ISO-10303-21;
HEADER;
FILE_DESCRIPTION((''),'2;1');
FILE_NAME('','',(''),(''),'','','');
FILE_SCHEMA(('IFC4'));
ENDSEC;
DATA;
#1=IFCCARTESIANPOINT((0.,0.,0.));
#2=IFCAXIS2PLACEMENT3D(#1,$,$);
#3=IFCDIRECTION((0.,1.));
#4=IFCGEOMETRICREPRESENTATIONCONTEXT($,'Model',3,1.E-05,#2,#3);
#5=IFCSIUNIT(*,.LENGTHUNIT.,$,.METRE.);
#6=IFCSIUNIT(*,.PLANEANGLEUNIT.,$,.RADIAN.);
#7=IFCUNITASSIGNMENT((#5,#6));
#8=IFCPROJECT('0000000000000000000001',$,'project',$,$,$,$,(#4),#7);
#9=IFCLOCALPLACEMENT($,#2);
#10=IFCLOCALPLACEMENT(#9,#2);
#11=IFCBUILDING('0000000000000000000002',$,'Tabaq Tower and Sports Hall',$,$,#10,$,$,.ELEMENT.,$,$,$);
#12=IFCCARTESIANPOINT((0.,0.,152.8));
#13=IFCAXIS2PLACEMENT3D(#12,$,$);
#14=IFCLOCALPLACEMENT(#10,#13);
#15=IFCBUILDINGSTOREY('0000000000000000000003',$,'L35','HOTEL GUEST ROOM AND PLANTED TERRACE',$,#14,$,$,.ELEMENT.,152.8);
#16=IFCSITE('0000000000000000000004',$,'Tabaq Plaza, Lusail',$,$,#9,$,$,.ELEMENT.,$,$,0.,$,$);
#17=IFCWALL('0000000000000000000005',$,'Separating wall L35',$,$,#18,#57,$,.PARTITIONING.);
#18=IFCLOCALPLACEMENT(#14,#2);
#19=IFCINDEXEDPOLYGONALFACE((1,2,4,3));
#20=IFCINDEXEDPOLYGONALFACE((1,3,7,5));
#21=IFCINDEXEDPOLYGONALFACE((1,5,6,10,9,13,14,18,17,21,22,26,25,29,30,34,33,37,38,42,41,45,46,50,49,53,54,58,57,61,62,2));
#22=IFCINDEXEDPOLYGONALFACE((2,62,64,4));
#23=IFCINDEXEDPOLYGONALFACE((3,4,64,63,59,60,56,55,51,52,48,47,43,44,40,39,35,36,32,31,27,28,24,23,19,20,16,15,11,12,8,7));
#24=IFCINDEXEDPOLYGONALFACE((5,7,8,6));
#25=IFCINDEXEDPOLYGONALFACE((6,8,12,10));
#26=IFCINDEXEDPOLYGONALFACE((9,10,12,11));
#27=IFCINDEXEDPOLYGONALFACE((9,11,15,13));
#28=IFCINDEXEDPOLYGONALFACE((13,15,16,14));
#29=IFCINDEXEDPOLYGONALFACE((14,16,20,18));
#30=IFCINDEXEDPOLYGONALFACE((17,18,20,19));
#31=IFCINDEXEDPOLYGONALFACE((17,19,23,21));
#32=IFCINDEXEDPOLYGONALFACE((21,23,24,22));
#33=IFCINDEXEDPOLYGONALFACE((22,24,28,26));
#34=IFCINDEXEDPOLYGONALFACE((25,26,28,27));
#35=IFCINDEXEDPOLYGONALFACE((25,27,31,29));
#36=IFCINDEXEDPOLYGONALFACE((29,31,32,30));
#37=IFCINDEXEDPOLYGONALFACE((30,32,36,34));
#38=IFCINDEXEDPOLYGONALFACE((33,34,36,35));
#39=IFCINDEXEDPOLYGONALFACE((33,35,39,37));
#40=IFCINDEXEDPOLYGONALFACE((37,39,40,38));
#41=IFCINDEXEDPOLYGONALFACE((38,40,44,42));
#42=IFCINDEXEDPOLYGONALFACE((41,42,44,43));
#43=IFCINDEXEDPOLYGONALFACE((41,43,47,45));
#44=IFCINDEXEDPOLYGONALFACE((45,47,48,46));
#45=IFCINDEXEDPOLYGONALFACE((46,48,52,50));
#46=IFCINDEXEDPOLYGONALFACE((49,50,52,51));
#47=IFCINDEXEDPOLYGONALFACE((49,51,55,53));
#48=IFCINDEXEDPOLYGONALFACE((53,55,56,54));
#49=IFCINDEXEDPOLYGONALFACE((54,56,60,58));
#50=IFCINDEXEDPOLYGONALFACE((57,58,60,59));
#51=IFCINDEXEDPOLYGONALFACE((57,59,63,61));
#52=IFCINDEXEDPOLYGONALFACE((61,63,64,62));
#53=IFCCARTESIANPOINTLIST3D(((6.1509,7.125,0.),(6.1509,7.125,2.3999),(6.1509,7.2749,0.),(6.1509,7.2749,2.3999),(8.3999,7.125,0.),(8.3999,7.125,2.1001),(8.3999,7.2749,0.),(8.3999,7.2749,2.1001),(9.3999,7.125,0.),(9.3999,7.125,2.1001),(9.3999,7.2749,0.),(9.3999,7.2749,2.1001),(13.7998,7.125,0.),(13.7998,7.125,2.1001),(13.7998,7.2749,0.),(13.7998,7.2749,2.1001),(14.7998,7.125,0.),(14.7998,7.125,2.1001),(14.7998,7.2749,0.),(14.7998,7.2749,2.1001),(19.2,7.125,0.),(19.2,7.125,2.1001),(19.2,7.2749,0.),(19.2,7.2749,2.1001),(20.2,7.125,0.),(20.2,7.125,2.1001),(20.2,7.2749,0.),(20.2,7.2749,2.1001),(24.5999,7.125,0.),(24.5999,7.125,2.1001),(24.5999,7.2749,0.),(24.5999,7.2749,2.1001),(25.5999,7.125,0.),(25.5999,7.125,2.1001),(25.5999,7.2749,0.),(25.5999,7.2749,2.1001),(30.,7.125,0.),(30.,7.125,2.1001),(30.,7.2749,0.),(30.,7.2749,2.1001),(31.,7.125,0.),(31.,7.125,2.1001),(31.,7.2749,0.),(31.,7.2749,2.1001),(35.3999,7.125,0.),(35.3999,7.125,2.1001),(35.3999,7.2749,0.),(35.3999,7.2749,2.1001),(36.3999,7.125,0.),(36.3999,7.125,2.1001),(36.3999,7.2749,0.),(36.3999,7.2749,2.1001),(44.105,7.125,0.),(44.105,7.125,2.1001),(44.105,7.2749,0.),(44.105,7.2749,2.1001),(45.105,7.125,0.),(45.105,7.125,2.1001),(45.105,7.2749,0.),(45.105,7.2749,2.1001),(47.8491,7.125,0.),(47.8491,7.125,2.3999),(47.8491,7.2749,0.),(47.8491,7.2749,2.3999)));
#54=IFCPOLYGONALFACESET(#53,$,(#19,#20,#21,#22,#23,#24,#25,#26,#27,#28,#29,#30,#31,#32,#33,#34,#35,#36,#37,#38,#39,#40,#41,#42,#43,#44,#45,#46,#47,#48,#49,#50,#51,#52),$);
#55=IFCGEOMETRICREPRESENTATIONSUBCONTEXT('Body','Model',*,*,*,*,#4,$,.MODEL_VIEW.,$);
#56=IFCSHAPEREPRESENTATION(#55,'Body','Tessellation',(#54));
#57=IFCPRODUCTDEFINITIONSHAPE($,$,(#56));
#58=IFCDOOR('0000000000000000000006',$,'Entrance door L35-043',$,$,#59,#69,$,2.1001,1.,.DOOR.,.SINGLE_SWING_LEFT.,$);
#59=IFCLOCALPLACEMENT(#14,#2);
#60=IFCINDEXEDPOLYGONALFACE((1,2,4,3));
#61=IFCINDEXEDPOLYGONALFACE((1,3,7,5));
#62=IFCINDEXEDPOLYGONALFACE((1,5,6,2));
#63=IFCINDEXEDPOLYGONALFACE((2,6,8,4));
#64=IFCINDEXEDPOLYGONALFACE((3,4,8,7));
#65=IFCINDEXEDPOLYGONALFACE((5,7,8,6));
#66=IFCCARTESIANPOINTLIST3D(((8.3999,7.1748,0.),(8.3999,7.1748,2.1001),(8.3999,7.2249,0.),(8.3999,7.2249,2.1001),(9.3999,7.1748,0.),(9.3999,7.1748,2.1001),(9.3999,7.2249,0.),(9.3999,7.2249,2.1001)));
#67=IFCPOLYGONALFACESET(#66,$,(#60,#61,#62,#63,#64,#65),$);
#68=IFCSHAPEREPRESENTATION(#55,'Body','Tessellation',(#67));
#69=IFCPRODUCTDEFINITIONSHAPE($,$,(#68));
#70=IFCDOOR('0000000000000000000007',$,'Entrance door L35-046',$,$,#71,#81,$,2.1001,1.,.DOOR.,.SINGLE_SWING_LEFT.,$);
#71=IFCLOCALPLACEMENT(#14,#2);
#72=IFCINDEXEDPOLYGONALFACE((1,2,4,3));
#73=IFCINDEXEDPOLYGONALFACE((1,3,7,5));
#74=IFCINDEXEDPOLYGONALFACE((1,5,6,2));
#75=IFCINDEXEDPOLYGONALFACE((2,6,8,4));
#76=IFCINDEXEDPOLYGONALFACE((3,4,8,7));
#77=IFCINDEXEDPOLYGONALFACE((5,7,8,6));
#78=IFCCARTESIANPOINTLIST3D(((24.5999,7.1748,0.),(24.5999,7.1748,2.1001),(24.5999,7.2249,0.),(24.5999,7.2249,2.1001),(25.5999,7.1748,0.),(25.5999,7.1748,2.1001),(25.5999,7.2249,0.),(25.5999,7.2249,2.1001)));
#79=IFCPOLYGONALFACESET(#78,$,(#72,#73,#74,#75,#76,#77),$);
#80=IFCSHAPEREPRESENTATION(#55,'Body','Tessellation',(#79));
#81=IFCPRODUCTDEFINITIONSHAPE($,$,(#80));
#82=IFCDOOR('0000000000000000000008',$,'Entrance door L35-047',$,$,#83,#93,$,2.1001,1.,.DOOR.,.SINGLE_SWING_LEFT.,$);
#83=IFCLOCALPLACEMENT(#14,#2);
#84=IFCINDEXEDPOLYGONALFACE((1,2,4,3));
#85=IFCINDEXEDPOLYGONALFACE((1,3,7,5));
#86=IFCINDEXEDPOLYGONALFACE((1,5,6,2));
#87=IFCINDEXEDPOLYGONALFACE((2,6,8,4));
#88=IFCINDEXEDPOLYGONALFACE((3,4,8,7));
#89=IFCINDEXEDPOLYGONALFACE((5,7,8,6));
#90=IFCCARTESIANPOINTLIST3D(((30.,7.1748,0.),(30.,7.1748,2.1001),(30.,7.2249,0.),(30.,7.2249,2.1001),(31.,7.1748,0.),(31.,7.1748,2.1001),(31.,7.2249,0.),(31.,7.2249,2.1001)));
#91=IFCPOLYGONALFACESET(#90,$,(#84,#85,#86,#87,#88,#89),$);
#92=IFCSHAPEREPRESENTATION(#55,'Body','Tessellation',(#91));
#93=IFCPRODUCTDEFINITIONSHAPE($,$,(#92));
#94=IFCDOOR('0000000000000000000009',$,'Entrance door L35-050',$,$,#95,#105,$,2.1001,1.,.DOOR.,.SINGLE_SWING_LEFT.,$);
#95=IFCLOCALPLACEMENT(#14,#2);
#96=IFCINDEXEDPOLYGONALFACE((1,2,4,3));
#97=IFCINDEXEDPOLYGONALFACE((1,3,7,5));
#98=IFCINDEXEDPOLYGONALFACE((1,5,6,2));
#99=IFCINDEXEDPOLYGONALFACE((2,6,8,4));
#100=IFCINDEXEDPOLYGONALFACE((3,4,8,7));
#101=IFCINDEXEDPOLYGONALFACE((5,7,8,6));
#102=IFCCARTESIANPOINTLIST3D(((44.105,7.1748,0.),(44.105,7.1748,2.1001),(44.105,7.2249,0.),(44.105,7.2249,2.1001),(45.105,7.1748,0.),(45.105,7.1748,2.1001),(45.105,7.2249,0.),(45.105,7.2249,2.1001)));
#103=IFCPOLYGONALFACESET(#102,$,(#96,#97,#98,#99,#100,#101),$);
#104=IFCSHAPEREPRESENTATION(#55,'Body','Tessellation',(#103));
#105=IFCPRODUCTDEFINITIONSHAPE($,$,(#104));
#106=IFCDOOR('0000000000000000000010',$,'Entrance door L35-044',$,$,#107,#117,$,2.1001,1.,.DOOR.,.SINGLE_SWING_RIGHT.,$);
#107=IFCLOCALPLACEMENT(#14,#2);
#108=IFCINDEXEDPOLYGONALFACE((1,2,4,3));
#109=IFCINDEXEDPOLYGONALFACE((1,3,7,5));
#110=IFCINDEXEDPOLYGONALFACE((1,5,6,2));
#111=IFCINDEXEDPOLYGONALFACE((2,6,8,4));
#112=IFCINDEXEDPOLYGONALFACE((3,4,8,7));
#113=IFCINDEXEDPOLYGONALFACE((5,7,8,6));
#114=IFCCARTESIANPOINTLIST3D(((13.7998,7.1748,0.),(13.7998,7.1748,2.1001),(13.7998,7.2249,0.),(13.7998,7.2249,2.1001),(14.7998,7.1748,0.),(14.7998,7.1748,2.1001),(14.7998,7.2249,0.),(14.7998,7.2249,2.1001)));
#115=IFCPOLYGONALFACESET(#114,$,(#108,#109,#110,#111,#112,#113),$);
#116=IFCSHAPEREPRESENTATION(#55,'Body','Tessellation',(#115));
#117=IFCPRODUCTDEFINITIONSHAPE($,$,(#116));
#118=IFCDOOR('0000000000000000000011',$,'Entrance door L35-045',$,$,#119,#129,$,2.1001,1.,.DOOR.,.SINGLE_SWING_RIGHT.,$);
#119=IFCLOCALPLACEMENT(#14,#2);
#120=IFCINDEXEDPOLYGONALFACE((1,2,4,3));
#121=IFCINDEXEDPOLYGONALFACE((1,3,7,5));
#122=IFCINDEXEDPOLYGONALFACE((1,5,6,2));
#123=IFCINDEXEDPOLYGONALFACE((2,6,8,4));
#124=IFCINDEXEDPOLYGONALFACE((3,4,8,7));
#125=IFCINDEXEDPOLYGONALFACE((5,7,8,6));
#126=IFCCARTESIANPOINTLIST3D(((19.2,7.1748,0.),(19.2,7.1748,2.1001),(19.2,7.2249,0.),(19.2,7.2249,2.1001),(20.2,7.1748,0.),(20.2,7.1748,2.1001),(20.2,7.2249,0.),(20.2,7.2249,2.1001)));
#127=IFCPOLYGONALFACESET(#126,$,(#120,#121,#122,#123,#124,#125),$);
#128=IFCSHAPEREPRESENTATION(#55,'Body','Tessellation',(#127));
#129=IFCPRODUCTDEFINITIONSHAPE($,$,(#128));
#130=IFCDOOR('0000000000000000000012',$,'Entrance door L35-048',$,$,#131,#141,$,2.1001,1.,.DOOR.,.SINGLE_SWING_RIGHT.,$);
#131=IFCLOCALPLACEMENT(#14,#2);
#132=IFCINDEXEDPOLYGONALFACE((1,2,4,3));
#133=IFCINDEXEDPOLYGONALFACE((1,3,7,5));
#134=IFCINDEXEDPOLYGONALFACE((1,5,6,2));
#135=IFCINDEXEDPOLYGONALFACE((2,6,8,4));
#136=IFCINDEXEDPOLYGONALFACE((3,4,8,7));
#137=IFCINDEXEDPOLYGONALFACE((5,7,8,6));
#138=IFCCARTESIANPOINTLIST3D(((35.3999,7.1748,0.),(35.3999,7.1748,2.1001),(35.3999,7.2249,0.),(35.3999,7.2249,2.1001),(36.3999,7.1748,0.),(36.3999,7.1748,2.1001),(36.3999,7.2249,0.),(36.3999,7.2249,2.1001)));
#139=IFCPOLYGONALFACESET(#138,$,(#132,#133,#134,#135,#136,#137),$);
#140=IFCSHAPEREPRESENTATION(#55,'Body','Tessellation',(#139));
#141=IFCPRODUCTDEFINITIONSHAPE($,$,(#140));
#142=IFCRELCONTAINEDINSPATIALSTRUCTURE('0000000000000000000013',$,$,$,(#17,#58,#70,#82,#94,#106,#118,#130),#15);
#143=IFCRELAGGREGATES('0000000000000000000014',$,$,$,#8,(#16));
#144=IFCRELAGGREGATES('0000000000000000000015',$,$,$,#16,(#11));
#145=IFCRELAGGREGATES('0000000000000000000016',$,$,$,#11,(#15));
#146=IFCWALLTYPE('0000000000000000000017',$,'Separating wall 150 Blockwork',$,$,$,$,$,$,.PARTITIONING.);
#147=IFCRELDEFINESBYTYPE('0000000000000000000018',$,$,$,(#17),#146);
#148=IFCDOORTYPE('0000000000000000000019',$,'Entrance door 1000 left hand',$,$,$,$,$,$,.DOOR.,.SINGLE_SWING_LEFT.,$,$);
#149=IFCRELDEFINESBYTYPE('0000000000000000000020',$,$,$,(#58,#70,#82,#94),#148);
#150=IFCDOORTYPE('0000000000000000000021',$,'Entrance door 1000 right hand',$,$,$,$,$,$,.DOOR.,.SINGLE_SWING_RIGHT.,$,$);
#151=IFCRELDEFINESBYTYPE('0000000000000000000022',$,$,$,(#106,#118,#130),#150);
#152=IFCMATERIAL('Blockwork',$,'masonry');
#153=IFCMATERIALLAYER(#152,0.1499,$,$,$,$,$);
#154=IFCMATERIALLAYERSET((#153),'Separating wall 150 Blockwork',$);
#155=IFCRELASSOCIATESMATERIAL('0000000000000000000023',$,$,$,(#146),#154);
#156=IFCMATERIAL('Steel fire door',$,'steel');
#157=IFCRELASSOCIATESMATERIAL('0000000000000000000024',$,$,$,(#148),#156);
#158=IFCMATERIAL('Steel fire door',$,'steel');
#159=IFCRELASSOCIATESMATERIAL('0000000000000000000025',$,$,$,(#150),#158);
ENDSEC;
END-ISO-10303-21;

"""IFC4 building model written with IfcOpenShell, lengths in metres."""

from ifc_helpers import new_model, si_unit, direction, frame, frame_2d, origin, place, context, subcontext, project, spatial, rectangle, extrude, material, layer, layer_set, type_object, element, fill, save


model = new_model("IFC4")

# Units and contexts
model_context = context("Model", 3, precision=1e-05, world=origin(), true_north=direction((0.0, 1.0)))
body_context = subcontext(model_context, "Body", "Model", "MODEL_VIEW")
ifc_project = project(units=[si_unit("LENGTHUNIT", "METRE"), si_unit("PLANEANGLEUNIT", "RADIAN")], contexts=[model_context])

# Site, building, storey
site_placement = place(None, origin())
site = spatial("IfcSite", under=ifc_project, at=site_placement, Name="Tabaq Plaza, Lusail", CompositionType="ELEMENT", RefElevation=0.0)
building_placement = place(site_placement, origin())
building = spatial("IfcBuilding", under=site, at=building_placement, Name="Tabaq Tower and Sports Hall", CompositionType="ELEMENT")
storey_placement = place(building_placement, frame((0.0, 0.0, 152.8)))
storey = spatial("IfcBuildingStorey", under=building, at=storey_placement, Name="L35", Description="HOTEL GUEST ROOM AND PLANTED TERRACE", CompositionType="ELEMENT", Elevation=152.8)

# Wall, openings, doors
ifc_material_1 = material(Name="Blockwork", Category="masonry")
ifc_layer_1 = layer(ifc_material_1, 0.1499)
ifc_layer_set_1 = layer_set([ifc_layer_1], Name="Separating wall 150 Blockwork")
wall_type_1 = type_object("IfcWallType", Name="Separating wall 150 Blockwork", PredefinedType="PARTITIONING", material=ifc_layer_set_1)
wall_1_placement = place(storey_placement, frame((6.1509, 7.2, 0.0), z_axis=(0.0, 0.0, 1.0), x_axis=(1.0, 0.0, 0.0)))
wall_1 = element("IfcWall", 1, at=wall_1_placement, inside=storey, type_object=wall_type_1, Name="Separating wall L35", PredefinedType="PARTITIONING", context=body_context, shape_type="SweptSolid", body=[
    extrude(rectangle(XDim=41.6982, YDim=0.1499, at=frame_2d((20.8491, 0.0))), origin(), (0.0, 0.0, 1.0), 2.3999),
])
opening_1_placement = place(wall_1_placement, frame((2.249, 0.0, 0.0)))
opening_1 = element("IfcOpeningElement", 2, at=opening_1_placement, cuts=wall_1, PredefinedType="OPENING", context=body_context, shape_type="SweptSolid", body=[
    extrude(rectangle(XDim=1.0, YDim=2.1001, at=frame_2d((0.5, 1.05))), frame((0.0, 0.075, 0.0), z_axis=(0.0, -1.0, 0.0), x_axis=(1.0, 0.0, 0.0)), (0.0, 0.0, 1.0), 0.1499),
])
opening_2_placement = place(wall_1_placement, frame((7.6489, 0.0, 0.0)))
opening_2 = element("IfcOpeningElement", 3, at=opening_2_placement, cuts=wall_1, PredefinedType="OPENING", context=body_context, shape_type="SweptSolid", body=[
    extrude(rectangle(XDim=1.0, YDim=2.1001, at=frame_2d((0.5, 1.05))), frame((0.0, 0.075, 0.0), z_axis=(0.0, -1.0, 0.0), x_axis=(1.0, 0.0, 0.0)), (0.0, 0.0, 1.0), 0.1499),
])
opening_3_placement = place(wall_1_placement, frame((13.0491, 0.0, 0.0)))
opening_3 = element("IfcOpeningElement", 4, at=opening_3_placement, cuts=wall_1, PredefinedType="OPENING", context=body_context, shape_type="SweptSolid", body=[
    extrude(rectangle(XDim=1.0, YDim=2.1001, at=frame_2d((0.5, 1.05))), frame((0.0, 0.075, 0.0), z_axis=(0.0, -1.0, 0.0), x_axis=(1.0, 0.0, 0.0)), (0.0, 0.0, 1.0), 0.1499),
])
opening_4_placement = place(wall_1_placement, frame((18.449, 0.0, 0.0)))
opening_4 = element("IfcOpeningElement", 5, at=opening_4_placement, cuts=wall_1, PredefinedType="OPENING", context=body_context, shape_type="SweptSolid", body=[
    extrude(rectangle(XDim=1.0, YDim=2.1001, at=frame_2d((0.5, 1.05))), frame((0.0, 0.075, 0.0), z_axis=(0.0, -1.0, 0.0), x_axis=(1.0, 0.0, 0.0)), (0.0, 0.0, 1.0), 0.1499),
])
opening_5_placement = place(wall_1_placement, frame((23.8491, 0.0, 0.0)))
opening_5 = element("IfcOpeningElement", 6, at=opening_5_placement, cuts=wall_1, PredefinedType="OPENING", context=body_context, shape_type="SweptSolid", body=[
    extrude(rectangle(XDim=1.0, YDim=2.1001, at=frame_2d((0.5, 1.05))), frame((0.0, 0.075, 0.0), z_axis=(0.0, -1.0, 0.0), x_axis=(1.0, 0.0, 0.0)), (0.0, 0.0, 1.0), 0.1499),
])
opening_6_placement = place(wall_1_placement, frame((29.249, 0.0, 0.0)))
opening_6 = element("IfcOpeningElement", 7, at=opening_6_placement, cuts=wall_1, PredefinedType="OPENING", context=body_context, shape_type="SweptSolid", body=[
    extrude(rectangle(XDim=1.0, YDim=2.1001, at=frame_2d((0.5, 1.05))), frame((0.0, 0.075, 0.0), z_axis=(0.0, -1.0, 0.0), x_axis=(1.0, 0.0, 0.0)), (0.0, 0.0, 1.0), 0.1499),
])
opening_7_placement = place(wall_1_placement, frame((37.9541, 0.0, 0.0)))
opening_7 = element("IfcOpeningElement", 8, at=opening_7_placement, cuts=wall_1, PredefinedType="OPENING", context=body_context, shape_type="SweptSolid", body=[
    extrude(rectangle(XDim=1.0, YDim=2.1001, at=frame_2d((0.5, 1.05))), frame((0.0, 0.075, 0.0), z_axis=(0.0, -1.0, 0.0), x_axis=(1.0, 0.0, 0.0)), (0.0, 0.0, 1.0), 0.1499),
])
ifc_material_2 = material(Name="Steel fire door", Category="steel")
door_type_1 = type_object("IfcDoorType", Name="Entrance door 1000 left hand", OperationType="SINGLE_SWING_LEFT", PredefinedType="DOOR", material=ifc_material_2)
door_1_placement = place(opening_1_placement, origin())
door_1 = element("IfcDoor", 9, at=door_1_placement, inside=storey, type_object=door_type_1, Name="Entrance door L35-043", OperationType="SINGLE_SWING_LEFT", OverallHeight=2.1001, OverallWidth=1.0, PredefinedType="DOOR", context=body_context, shape_type="SweptSolid", body=[
    extrude(rectangle(XDim=1.0, YDim=2.1001, at=frame_2d((0.5, 1.05))), frame((0.0, 0.0249, 0.0), z_axis=(0.0, -1.0, 0.0), x_axis=(1.0, 0.0, 0.0)), (0.0, 0.0, 1.0), 0.05),
])
fill(opening_1, door_1)
door_2_placement = place(opening_4_placement, origin())
door_2 = element("IfcDoor", 10, at=door_2_placement, inside=storey, type_object=door_type_1, Name="Entrance door L35-046", OperationType="SINGLE_SWING_LEFT", OverallHeight=2.1001, OverallWidth=1.0, PredefinedType="DOOR", context=body_context, shape_type="SweptSolid", body=[
    extrude(rectangle(XDim=1.0, YDim=2.1001, at=frame_2d((0.5, 1.05))), frame((0.0, 0.0249, 0.0), z_axis=(0.0, -1.0, 0.0), x_axis=(1.0, 0.0, 0.0)), (0.0, 0.0, 1.0), 0.05),
])
fill(opening_4, door_2)
door_3_placement = place(opening_5_placement, origin())
door_3 = element("IfcDoor", 11, at=door_3_placement, inside=storey, type_object=door_type_1, Name="Entrance door L35-047", OperationType="SINGLE_SWING_LEFT", OverallHeight=2.1001, OverallWidth=1.0, PredefinedType="DOOR", context=body_context, shape_type="SweptSolid", body=[
    extrude(rectangle(XDim=1.0, YDim=2.1001, at=frame_2d((0.5, 1.05))), frame((0.0, 0.0249, 0.0), z_axis=(0.0, -1.0, 0.0), x_axis=(1.0, 0.0, 0.0)), (0.0, 0.0, 1.0), 0.05),
])
fill(opening_5, door_3)
door_4_placement = place(opening_7_placement, origin())
door_4 = element("IfcDoor", 12, at=door_4_placement, inside=storey, type_object=door_type_1, Name="Entrance door L35-050", OperationType="SINGLE_SWING_LEFT", OverallHeight=2.1001, OverallWidth=1.0, PredefinedType="DOOR", context=body_context, shape_type="SweptSolid", body=[
    extrude(rectangle(XDim=1.0, YDim=2.1001, at=frame_2d((0.5, 1.05))), frame((0.0, 0.0249, 0.0), z_axis=(0.0, -1.0, 0.0), x_axis=(1.0, 0.0, 0.0)), (0.0, 0.0, 1.0), 0.05),
])
fill(opening_7, door_4)
ifc_material_3 = material(Name="Steel fire door", Category="steel")
door_type_2 = type_object("IfcDoorType", Name="Entrance door 1000 right hand", OperationType="SINGLE_SWING_RIGHT", PredefinedType="DOOR", material=ifc_material_3)
door_5_placement = place(opening_2_placement, origin())
door_5 = element("IfcDoor", 13, at=door_5_placement, inside=storey, type_object=door_type_2, Name="Entrance door L35-044", OperationType="SINGLE_SWING_RIGHT", OverallHeight=2.1001, OverallWidth=1.0, PredefinedType="DOOR", context=body_context, shape_type="SweptSolid", body=[
    extrude(rectangle(XDim=1.0, YDim=2.1001, at=frame_2d((0.5, 1.05))), frame((0.0, 0.0249, 0.0), z_axis=(0.0, -1.0, 0.0), x_axis=(1.0, 0.0, 0.0)), (0.0, 0.0, 1.0), 0.05),
])
fill(opening_2, door_5)
door_6_placement = place(opening_3_placement, origin())
door_6 = element("IfcDoor", 14, at=door_6_placement, inside=storey, type_object=door_type_2, Name="Entrance door L35-045", OperationType="SINGLE_SWING_RIGHT", OverallHeight=2.1001, OverallWidth=1.0, PredefinedType="DOOR", context=body_context, shape_type="SweptSolid", body=[
    extrude(rectangle(XDim=1.0, YDim=2.1001, at=frame_2d((0.5, 1.05))), frame((0.0, 0.0249, 0.0), z_axis=(0.0, -1.0, 0.0), x_axis=(1.0, 0.0, 0.0)), (0.0, 0.0, 1.0), 0.05),
])
fill(opening_3, door_6)
door_7_placement = place(opening_6_placement, origin())
door_7 = element("IfcDoor", 15, at=door_7_placement, inside=storey, type_object=door_type_2, Name="Entrance door L35-048", OperationType="SINGLE_SWING_RIGHT", OverallHeight=2.1001, OverallWidth=1.0, PredefinedType="DOOR", context=body_context, shape_type="SweptSolid", body=[
    extrude(rectangle(XDim=1.0, YDim=2.1001, at=frame_2d((0.5, 1.05))), frame((0.0, 0.0249, 0.0), z_axis=(0.0, -1.0, 0.0), x_axis=(1.0, 0.0, 0.0)), (0.0, 0.0, 1.0), 0.05),
])
fill(opening_6, door_7)

save(model, "model.ifc")
